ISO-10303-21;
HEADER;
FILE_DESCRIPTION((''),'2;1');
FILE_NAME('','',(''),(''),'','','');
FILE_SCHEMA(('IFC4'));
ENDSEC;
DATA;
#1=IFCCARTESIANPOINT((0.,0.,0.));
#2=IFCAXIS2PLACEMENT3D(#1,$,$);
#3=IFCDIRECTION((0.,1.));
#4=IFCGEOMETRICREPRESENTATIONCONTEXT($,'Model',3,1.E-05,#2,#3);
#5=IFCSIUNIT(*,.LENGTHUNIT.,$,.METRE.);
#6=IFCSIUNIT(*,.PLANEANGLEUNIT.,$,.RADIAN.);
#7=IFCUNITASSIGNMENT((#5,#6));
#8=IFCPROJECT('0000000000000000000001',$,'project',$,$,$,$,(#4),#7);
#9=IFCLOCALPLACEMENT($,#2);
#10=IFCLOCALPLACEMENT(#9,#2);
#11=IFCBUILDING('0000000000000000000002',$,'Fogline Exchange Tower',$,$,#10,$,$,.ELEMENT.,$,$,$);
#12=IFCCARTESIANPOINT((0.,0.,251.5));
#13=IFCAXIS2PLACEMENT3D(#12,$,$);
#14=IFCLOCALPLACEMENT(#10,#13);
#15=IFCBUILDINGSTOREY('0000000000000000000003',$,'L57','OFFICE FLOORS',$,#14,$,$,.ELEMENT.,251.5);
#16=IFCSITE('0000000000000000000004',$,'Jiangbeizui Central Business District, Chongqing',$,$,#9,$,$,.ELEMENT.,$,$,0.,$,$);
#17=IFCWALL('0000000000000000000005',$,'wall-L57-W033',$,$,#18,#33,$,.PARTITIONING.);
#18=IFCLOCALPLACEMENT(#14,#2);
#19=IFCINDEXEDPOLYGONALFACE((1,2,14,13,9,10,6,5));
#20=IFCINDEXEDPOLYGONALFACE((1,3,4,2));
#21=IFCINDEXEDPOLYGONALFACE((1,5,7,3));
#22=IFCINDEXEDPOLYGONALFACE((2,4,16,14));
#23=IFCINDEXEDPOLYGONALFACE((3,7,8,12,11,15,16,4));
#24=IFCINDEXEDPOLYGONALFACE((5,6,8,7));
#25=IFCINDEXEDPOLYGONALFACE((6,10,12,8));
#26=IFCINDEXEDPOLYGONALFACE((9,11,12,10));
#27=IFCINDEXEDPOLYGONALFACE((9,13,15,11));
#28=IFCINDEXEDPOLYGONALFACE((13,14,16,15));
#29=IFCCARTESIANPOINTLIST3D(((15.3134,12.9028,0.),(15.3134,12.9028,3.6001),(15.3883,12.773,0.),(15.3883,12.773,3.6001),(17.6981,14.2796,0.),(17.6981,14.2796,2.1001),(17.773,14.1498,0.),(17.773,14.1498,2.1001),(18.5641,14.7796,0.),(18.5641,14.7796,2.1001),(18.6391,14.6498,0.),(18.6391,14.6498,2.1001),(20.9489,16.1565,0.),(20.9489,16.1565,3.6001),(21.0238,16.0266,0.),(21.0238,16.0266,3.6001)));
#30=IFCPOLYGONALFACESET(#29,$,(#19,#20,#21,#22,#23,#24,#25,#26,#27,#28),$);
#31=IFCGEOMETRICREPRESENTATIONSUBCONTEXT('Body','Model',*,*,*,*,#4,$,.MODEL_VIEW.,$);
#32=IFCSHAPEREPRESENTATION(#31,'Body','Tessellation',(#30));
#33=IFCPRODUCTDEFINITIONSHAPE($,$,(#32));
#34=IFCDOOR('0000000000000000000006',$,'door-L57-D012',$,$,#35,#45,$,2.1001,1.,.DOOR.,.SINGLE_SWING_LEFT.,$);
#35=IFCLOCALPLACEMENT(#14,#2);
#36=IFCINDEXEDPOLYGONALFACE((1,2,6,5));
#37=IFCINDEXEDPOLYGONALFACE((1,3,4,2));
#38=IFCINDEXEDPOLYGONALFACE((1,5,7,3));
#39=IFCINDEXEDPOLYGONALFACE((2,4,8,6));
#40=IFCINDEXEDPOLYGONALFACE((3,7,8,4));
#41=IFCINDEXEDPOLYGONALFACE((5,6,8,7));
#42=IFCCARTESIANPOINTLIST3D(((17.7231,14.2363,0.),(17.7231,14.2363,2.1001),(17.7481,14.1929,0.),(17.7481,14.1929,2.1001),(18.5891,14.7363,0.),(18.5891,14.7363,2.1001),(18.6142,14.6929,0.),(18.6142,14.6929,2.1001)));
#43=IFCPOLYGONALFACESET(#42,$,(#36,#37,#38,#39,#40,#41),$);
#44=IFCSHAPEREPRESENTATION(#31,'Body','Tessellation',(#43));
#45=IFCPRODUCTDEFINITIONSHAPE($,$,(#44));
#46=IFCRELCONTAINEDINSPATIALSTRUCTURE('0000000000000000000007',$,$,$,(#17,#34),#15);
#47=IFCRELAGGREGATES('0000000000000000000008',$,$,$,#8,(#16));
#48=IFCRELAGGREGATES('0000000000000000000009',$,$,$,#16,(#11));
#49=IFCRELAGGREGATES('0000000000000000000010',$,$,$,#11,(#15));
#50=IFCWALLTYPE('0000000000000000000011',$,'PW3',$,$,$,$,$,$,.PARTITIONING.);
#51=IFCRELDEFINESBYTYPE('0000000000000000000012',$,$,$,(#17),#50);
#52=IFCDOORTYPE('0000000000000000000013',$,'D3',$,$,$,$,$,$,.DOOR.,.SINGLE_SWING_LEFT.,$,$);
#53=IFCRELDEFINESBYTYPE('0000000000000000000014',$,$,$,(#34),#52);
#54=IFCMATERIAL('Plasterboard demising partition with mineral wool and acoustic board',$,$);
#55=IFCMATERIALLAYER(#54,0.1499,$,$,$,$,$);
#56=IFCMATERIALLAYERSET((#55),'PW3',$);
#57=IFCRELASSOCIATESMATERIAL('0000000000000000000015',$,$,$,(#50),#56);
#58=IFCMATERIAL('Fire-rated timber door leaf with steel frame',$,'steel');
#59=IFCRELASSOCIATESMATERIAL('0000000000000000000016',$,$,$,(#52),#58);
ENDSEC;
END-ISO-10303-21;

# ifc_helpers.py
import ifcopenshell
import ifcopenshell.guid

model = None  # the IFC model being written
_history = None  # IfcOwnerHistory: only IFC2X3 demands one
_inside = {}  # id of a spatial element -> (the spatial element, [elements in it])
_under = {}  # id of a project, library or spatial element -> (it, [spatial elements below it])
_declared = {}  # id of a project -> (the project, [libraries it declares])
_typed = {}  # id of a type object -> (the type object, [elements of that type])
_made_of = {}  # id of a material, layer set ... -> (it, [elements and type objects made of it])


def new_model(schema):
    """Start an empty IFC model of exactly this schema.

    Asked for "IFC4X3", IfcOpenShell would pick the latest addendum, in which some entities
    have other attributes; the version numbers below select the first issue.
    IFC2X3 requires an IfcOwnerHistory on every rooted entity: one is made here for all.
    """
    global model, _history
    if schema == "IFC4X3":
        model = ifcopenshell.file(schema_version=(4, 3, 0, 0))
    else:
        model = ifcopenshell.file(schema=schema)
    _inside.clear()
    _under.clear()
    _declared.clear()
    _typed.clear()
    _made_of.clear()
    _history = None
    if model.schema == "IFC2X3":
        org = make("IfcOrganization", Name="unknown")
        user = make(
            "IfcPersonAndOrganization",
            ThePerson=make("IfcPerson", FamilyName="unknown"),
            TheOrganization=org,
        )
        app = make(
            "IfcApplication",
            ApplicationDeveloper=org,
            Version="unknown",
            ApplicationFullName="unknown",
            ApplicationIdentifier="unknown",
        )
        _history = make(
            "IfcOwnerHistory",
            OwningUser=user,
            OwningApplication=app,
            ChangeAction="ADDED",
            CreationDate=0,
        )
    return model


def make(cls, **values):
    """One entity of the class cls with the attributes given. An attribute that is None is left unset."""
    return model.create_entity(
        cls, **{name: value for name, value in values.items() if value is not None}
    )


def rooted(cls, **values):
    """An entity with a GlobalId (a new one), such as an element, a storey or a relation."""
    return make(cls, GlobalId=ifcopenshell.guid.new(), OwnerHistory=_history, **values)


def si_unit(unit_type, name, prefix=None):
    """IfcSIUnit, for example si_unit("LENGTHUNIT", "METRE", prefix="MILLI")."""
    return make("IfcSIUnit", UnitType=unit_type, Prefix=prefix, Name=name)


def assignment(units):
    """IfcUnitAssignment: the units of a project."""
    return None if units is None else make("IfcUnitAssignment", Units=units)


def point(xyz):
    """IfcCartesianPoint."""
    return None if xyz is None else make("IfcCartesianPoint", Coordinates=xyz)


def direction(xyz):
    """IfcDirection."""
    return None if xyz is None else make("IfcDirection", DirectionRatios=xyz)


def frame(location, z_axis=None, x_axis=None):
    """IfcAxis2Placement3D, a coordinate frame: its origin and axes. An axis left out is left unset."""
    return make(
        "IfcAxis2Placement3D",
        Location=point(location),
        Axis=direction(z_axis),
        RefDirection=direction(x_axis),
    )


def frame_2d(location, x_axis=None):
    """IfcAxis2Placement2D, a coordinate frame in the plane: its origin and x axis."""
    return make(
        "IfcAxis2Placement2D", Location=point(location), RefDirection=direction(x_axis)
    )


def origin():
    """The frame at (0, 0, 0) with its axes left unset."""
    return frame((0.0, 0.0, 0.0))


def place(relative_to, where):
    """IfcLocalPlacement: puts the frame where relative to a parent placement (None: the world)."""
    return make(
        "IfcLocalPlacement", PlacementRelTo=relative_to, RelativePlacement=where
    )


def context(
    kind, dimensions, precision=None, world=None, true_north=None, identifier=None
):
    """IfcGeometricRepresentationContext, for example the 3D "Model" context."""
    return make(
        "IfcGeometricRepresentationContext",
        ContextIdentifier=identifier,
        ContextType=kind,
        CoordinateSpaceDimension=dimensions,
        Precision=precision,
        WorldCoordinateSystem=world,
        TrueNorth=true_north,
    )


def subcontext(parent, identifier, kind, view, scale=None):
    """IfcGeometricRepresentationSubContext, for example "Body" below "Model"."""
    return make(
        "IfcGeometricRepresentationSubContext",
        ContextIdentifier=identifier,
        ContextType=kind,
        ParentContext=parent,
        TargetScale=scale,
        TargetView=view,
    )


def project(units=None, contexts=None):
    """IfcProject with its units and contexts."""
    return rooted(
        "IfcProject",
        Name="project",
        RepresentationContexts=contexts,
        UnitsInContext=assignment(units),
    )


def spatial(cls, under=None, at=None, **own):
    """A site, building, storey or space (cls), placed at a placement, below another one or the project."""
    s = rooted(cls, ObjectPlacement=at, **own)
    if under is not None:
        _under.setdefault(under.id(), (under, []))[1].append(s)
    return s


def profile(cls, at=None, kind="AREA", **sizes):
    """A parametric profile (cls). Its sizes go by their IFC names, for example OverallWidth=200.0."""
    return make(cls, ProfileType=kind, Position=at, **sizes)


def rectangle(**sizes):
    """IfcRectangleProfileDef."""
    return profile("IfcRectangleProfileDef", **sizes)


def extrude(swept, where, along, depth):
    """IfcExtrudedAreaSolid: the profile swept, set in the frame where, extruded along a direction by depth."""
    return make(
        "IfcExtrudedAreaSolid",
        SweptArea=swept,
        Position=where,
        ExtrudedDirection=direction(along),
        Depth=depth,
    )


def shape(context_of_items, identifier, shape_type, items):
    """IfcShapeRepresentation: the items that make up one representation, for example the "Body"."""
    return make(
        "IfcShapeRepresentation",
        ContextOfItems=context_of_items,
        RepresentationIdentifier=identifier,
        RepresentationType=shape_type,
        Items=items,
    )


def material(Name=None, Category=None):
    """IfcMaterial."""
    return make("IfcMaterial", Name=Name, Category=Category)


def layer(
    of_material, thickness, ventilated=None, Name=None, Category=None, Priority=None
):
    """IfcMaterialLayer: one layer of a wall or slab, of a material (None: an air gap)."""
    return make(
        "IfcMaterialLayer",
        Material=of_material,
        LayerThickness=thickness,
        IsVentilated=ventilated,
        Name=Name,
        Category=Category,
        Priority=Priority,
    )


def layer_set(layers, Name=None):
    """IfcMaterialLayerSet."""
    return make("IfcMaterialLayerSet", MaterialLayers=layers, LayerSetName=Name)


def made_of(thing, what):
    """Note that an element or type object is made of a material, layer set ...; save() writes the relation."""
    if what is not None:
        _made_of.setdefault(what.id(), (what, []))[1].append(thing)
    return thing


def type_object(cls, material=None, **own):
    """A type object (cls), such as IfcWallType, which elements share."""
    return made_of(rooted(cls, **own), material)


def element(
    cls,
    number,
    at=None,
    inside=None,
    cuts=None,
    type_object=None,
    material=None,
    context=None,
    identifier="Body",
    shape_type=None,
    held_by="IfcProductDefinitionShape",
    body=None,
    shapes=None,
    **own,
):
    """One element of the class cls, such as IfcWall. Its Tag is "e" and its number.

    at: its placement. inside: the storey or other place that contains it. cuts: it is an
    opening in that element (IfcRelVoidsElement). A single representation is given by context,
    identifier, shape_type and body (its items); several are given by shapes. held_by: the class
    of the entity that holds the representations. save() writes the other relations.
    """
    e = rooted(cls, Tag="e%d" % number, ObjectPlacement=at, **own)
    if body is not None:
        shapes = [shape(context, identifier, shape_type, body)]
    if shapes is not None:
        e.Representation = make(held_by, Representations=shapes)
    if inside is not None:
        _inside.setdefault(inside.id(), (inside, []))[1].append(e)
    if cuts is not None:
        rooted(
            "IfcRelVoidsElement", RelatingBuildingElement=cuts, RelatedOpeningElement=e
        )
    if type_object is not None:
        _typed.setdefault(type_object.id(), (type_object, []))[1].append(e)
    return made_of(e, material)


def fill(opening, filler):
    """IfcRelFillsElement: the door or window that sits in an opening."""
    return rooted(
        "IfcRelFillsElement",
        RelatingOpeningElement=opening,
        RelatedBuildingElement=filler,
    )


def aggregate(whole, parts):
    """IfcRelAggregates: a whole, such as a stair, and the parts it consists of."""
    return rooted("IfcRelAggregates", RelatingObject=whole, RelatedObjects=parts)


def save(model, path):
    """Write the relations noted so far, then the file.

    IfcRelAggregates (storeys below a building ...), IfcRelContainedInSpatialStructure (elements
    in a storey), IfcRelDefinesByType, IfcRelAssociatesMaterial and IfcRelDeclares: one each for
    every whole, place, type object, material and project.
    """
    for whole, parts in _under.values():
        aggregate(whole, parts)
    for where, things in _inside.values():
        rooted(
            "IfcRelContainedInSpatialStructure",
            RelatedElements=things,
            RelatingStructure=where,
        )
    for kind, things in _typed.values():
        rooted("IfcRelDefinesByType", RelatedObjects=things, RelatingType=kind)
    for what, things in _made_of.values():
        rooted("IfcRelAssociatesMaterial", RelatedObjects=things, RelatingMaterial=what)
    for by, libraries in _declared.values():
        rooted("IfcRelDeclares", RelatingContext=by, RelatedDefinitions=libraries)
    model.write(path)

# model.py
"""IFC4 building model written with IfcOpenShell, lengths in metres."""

from ifc_helpers import new_model, si_unit, direction, frame, frame_2d, origin, place, context, subcontext, project, spatial, rectangle, extrude, material, layer, layer_set, type_object, element, fill, save


model = new_model("IFC4")

# Units and contexts
model_context = context("Model", 3, precision=1e-05, world=origin(), true_north=direction((0.0, 1.0)))
body_context = subcontext(model_context, "Body", "Model", "MODEL_VIEW")
ifc_project = project(units=[si_unit("LENGTHUNIT", "METRE"), si_unit("PLANEANGLEUNIT", "RADIAN")], contexts=[model_context])

# Site, building, storey
site_placement = place(None, origin())
site = spatial("IfcSite", under=ifc_project, at=site_placement, Name="Jiangbeizui Central Business District, Chongqing", CompositionType="ELEMENT", RefElevation=0.0)
building_placement = place(site_placement, origin())
building = spatial("IfcBuilding", under=site, at=building_placement, Name="Fogline Exchange Tower", CompositionType="ELEMENT")
storey_placement = place(building_placement, frame((0.0, 0.0, 251.5)))
storey = spatial("IfcBuildingStorey", under=building, at=storey_placement, Name="L57", Description="OFFICE FLOORS", CompositionType="ELEMENT", Elevation=251.5)

# Shared definitions
ifc_material_1 = material(Name="Plasterboard demising partition with mineral wool and acoustic board")
ifc_layer_1 = layer(ifc_material_1, 0.1499)
ifc_layer_set_1 = layer_set([ifc_layer_1], Name="PW3")
wall_type_1 = type_object("IfcWallType", Name="PW3", PredefinedType="PARTITIONING", material=ifc_layer_set_1)
ifc_material_2 = material(Name="Fire-rated timber door leaf with steel frame", Category="steel")
door_type_1 = type_object("IfcDoorType", Name="D3", OperationType="SINGLE_SWING_LEFT", PredefinedType="DOOR", material=ifc_material_2)

# Wall, opening, door
wall_1_placement = place(storey_placement, frame((15.3508, 12.8379, 0.0), z_axis=(0.0, 0.0, 1.0), x_axis=(0.866025, 0.500001, 0.0)))
wall_1 = element("IfcWall", 1, at=wall_1_placement, inside=storey, type_object=wall_type_1, Name="wall-L57-W033", PredefinedType="PARTITIONING", context=body_context, shape_type="SweptSolid", body=[
    extrude(rectangle(XDim=6.5073, YDim=0.1499, at=frame_2d((3.2537, 0.0))), origin(), (0.0, 0.0, 1.0), 3.6001),
])
opening_1_placement = place(wall_1_placement, frame((2.7537, 0.0, 0.0)))
opening_1 = element("IfcOpeningElement", 2, at=opening_1_placement, cuts=wall_1, PredefinedType="OPENING", context=body_context, shape_type="SweptSolid", body=[
    extrude(rectangle(XDim=1.0, YDim=2.1001, at=frame_2d((0.5, 1.05))), frame((0.0, 0.085, 0.0), z_axis=(0.0, -1.0, 0.0), x_axis=(1.0, 0.0, 0.0)), (0.0, 0.0, 1.0), 0.1699),
])
door_1_placement = place(opening_1_placement, origin())
door_1 = element("IfcDoor", 3, at=door_1_placement, inside=storey, type_object=door_type_1, Name="door-L57-D012", OperationType="SINGLE_SWING_LEFT", OverallHeight=2.1001, OverallWidth=1.0, PredefinedType="DOOR", context=body_context, shape_type="SweptSolid", body=[
    extrude(rectangle(XDim=1.0, YDim=2.1001, at=frame_2d((0.5, 1.05))), frame((0.0, 0.0249, 0.0), z_axis=(0.0, -1.0, 0.0), x_axis=(1.0, 0.0, 0.0)), (0.0, 0.0, 1.0), 0.05),
])
fill(opening_1, door_1)

save(model, "model.ifc")
